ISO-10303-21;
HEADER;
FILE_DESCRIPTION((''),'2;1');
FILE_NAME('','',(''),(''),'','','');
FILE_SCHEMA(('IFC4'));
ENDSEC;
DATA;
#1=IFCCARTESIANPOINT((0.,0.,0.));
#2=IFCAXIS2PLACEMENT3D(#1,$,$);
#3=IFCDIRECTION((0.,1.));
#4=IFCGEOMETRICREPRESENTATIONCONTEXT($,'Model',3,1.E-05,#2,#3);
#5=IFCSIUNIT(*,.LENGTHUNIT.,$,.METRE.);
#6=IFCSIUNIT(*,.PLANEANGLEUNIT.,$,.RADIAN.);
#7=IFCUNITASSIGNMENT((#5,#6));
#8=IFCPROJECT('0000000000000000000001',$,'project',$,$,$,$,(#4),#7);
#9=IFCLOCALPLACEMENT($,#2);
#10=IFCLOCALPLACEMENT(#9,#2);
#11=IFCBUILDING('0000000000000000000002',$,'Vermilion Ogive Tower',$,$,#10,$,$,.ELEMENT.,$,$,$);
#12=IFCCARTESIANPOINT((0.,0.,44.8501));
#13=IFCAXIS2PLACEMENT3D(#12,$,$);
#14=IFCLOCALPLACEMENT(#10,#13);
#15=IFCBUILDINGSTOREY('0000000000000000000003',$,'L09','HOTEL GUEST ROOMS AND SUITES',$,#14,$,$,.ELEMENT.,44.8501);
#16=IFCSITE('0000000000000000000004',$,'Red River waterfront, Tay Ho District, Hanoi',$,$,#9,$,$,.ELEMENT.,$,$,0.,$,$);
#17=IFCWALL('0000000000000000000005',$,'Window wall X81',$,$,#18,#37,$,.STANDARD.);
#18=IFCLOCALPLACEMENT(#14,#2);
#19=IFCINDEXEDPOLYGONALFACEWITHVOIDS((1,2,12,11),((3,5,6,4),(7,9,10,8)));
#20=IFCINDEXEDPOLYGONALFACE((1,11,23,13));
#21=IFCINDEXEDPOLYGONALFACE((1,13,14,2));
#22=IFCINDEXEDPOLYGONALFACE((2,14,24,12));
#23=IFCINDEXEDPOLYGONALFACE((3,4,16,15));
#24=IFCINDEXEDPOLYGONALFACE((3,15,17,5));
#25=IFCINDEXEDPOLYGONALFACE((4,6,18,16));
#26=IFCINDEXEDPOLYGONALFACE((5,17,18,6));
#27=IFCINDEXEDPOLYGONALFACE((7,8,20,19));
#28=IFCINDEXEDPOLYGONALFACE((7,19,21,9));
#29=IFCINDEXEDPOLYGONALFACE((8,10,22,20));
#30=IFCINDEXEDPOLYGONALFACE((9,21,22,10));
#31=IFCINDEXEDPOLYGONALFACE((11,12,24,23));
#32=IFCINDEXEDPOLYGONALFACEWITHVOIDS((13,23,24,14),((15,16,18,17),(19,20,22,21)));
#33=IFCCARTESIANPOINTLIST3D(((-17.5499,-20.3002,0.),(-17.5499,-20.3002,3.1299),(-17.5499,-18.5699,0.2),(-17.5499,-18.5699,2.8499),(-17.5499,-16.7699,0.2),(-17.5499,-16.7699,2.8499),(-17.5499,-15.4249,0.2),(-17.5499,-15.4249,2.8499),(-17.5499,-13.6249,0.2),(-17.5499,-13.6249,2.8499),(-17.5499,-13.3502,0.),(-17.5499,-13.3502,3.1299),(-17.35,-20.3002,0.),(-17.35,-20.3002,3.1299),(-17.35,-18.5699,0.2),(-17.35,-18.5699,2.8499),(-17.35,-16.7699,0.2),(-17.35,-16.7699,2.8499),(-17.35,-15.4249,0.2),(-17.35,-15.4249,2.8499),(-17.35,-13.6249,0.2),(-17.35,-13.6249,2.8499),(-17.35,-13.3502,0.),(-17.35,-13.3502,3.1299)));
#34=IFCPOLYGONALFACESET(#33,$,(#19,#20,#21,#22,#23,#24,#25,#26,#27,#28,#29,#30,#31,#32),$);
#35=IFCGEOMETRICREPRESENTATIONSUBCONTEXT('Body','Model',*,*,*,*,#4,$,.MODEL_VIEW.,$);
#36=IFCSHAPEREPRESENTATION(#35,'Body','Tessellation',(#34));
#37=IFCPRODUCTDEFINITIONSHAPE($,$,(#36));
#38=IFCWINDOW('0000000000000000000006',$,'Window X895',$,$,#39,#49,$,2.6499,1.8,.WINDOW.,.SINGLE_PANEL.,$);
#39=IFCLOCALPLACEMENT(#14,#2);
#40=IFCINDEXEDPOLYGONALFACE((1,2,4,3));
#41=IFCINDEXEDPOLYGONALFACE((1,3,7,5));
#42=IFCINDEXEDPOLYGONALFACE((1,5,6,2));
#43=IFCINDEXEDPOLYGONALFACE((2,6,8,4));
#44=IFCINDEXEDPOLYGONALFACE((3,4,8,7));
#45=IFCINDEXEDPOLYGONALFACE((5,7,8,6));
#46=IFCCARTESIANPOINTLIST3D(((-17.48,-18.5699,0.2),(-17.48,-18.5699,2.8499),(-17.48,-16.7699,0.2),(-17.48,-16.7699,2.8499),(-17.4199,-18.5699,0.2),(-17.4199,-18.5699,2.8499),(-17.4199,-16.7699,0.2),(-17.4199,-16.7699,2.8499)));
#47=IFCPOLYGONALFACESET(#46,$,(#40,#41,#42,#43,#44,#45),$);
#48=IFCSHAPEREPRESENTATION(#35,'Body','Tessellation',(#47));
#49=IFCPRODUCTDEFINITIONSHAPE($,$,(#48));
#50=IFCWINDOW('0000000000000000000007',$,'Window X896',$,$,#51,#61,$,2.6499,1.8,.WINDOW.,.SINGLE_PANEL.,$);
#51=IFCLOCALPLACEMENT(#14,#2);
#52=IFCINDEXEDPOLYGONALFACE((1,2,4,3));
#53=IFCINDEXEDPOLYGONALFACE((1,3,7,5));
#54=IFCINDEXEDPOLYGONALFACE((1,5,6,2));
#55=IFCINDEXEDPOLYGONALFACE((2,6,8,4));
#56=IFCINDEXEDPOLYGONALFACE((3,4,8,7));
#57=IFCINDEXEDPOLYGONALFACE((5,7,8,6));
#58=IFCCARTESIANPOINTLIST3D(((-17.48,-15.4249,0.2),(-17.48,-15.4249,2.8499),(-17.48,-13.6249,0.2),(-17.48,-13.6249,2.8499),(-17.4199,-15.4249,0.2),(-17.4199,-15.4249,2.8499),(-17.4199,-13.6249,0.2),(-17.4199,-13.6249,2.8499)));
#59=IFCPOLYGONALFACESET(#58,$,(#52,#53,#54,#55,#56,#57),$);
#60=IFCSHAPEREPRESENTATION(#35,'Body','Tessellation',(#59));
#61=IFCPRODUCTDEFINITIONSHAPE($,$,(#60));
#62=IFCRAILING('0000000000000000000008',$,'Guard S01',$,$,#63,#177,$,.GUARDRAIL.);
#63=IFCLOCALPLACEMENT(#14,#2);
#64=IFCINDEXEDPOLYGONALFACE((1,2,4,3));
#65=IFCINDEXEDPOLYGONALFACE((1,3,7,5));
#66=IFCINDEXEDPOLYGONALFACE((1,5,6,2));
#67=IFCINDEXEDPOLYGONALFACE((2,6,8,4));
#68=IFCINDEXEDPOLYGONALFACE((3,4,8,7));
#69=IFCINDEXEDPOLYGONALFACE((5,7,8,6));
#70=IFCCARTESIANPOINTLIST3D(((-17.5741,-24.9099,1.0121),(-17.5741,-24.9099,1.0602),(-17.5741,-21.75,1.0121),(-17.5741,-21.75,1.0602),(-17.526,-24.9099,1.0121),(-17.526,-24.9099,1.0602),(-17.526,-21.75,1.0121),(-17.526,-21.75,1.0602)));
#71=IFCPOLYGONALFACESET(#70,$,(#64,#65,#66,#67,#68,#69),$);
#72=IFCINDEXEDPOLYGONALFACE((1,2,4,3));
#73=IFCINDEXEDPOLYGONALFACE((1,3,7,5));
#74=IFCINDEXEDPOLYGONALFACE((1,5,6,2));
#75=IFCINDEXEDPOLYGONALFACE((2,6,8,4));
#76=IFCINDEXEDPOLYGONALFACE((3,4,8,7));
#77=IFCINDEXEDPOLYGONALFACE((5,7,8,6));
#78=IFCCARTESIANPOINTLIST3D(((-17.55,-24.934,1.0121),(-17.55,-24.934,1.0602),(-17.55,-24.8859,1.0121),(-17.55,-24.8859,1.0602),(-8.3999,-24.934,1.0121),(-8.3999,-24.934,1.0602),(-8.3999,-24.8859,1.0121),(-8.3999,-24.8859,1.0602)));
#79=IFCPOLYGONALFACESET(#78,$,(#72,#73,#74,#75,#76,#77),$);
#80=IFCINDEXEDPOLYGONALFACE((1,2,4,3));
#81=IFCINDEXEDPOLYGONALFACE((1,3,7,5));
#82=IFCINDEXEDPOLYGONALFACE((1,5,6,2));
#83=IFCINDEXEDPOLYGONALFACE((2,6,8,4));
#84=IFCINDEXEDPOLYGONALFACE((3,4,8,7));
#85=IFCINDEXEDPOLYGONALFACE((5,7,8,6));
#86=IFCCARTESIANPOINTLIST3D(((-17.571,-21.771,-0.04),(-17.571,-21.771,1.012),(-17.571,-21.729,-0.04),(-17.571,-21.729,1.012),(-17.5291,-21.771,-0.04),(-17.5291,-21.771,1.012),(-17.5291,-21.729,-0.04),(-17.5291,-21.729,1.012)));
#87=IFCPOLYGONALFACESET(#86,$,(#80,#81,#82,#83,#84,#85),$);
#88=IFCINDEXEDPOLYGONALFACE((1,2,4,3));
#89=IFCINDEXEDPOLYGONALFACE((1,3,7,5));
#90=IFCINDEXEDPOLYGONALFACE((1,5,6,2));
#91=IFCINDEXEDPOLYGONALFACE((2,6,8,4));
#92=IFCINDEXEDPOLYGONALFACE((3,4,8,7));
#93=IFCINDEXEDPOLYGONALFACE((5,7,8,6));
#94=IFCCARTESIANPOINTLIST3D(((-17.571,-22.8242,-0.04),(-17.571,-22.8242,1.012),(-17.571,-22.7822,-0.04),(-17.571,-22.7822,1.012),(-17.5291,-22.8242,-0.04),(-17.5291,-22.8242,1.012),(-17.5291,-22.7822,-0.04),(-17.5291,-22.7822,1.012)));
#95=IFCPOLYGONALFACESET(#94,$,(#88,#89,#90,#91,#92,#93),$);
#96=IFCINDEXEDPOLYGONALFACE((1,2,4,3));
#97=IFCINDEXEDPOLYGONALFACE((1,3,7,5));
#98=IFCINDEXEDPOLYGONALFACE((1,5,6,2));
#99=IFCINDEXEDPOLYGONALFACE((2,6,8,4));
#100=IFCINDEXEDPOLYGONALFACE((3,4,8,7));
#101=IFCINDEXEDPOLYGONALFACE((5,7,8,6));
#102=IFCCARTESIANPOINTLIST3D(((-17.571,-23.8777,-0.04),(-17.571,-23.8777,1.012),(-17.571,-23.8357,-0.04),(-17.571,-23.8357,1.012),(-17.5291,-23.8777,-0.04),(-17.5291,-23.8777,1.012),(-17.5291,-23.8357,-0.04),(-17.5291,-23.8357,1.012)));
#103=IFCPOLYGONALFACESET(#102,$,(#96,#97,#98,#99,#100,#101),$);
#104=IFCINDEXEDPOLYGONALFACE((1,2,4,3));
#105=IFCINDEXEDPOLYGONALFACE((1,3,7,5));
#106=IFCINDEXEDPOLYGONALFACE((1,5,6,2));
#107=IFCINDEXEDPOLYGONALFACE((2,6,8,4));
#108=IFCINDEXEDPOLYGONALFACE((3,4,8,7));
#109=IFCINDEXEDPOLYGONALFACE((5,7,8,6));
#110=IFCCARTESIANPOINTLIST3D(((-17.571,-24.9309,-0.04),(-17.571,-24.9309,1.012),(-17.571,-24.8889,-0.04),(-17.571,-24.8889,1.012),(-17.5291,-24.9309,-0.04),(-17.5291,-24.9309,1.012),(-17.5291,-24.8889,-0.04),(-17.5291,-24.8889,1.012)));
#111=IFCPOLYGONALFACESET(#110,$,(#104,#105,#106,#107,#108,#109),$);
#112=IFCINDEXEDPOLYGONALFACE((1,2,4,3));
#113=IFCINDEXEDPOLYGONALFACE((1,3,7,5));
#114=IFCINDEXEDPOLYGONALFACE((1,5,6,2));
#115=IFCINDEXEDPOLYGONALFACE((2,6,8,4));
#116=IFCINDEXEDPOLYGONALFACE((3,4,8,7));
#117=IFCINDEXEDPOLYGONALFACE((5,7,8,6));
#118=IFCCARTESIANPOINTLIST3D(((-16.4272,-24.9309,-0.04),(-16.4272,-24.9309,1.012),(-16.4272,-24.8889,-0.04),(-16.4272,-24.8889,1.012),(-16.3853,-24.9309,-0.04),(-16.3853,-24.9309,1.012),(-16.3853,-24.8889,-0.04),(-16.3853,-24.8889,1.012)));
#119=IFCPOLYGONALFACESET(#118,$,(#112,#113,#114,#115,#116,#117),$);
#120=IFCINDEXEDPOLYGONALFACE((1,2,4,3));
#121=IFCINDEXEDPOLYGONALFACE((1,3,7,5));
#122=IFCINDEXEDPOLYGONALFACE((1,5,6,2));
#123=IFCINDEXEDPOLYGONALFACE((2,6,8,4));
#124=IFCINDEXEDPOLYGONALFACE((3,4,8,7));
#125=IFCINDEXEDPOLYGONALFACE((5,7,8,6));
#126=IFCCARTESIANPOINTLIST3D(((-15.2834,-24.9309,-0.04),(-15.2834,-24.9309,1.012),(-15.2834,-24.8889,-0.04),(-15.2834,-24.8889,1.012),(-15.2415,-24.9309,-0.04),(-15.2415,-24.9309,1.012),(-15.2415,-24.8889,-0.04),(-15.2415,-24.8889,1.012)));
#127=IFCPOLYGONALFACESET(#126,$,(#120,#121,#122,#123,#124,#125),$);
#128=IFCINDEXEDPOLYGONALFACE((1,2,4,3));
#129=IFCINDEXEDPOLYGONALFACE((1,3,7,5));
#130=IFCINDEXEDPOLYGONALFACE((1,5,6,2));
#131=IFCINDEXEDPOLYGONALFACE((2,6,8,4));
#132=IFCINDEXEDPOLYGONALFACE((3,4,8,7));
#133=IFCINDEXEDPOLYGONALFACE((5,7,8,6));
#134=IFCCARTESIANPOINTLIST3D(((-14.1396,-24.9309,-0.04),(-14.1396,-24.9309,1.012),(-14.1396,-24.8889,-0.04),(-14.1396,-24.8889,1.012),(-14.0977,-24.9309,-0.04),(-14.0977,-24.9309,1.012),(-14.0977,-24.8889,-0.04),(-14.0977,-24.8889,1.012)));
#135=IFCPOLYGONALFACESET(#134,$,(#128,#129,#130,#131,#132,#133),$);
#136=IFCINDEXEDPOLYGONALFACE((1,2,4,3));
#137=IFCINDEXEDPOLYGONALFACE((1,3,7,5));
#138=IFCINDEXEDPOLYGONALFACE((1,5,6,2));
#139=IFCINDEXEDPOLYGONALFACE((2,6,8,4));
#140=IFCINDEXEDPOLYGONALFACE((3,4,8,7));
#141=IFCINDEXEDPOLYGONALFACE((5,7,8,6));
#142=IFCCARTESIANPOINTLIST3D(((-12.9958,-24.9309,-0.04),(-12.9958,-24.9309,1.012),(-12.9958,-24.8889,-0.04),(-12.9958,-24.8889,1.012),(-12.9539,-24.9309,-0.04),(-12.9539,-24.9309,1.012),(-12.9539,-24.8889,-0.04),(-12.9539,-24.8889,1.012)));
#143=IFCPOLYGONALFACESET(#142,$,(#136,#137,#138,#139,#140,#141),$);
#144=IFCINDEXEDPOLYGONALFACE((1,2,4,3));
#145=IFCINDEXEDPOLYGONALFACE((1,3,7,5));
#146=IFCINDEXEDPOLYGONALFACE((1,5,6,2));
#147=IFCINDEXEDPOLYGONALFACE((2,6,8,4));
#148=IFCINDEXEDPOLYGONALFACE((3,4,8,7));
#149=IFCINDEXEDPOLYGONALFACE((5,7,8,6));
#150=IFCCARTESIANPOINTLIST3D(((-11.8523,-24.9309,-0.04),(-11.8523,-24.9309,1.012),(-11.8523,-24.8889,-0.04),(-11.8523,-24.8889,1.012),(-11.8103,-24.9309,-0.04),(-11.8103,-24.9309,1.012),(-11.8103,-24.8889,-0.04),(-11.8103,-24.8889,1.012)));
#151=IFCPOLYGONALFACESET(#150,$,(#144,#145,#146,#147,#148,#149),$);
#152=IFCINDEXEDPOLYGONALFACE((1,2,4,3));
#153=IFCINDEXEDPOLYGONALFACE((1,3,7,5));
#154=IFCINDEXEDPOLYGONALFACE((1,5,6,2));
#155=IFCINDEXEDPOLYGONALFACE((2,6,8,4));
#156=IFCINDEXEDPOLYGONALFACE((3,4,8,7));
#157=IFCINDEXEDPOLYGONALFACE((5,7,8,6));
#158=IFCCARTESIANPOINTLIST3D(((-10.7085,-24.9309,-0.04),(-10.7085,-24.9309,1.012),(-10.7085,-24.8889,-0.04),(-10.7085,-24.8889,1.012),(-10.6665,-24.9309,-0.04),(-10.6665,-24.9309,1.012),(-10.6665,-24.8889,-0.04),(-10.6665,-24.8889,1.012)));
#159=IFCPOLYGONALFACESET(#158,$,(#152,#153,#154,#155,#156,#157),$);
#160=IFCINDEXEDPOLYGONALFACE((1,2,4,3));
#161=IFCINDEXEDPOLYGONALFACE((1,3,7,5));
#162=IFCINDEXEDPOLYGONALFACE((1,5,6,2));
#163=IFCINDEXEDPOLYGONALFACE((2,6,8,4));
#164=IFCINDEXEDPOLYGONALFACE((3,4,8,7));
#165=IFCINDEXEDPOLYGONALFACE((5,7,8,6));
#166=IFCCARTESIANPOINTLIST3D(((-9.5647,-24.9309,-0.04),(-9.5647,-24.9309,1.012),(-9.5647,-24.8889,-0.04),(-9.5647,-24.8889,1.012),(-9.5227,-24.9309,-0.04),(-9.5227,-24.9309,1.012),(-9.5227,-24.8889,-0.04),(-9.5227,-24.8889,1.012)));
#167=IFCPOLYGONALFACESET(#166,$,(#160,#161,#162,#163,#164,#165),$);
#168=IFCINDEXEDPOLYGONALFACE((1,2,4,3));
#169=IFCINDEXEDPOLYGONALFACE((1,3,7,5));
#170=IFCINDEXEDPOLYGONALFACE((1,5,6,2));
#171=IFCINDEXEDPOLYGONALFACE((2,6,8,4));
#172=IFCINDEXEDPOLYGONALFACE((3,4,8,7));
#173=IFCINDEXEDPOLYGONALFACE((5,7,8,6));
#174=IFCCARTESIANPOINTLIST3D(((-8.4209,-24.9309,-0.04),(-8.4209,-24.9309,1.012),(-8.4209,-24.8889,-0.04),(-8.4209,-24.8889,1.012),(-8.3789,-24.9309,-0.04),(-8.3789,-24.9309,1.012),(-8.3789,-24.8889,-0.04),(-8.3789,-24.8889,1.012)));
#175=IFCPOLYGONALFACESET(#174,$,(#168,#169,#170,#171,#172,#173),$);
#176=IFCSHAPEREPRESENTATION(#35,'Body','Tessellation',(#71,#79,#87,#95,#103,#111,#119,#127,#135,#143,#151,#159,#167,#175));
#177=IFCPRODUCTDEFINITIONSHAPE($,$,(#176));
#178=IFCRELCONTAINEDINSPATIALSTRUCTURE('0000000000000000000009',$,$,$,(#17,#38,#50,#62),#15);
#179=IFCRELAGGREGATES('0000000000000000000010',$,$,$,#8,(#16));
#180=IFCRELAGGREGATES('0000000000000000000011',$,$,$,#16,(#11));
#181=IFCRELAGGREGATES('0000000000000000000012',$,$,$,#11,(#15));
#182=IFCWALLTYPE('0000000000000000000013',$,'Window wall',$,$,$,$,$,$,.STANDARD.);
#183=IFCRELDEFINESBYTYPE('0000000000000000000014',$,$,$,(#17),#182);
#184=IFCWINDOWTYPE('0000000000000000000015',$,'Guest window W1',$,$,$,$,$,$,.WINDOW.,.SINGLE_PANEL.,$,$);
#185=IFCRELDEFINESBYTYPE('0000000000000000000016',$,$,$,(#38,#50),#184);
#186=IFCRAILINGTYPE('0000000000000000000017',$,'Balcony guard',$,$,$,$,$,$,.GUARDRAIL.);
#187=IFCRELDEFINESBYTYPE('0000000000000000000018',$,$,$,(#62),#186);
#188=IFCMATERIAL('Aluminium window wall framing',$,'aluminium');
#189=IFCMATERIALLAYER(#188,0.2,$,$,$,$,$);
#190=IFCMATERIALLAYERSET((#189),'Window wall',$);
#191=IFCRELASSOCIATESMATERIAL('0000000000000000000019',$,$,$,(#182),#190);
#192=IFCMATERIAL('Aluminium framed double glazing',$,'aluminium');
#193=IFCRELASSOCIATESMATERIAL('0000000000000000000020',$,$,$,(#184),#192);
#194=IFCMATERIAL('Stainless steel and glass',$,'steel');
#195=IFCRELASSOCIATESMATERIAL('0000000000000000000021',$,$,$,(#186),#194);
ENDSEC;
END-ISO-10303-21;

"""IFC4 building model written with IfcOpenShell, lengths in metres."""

from ifc_helpers import new_model, si_unit, direction, frame, frame_2d, origin, origin_2d, place, context, subcontext, project, spatial, rectangle, extrude, material, layer, layer_set, type_object, element, fill, save


model = new_model("IFC4")

# Units and contexts
model_context = context("Model", 3, precision=1e-05, world=origin(), true_north=direction((0.0, 1.0)))
body_context = subcontext(model_context, "Body", "Model", "MODEL_VIEW")
ifc_project = project(units=[si_unit("LENGTHUNIT", "METRE"), si_unit("PLANEANGLEUNIT", "RADIAN")], contexts=[model_context])

# Site, building, storey
site_placement = place(None, origin())
site = spatial("IfcSite", under=ifc_project, at=site_placement, Name="Red River waterfront, Tay Ho District, Hanoi", CompositionType="ELEMENT", RefElevation=0.0)
building_placement = place(site_placement, origin())
building = spatial("IfcBuilding", under=site, at=building_placement, Name="Vermilion Ogive Tower", CompositionType="ELEMENT")
storey_placement = place(building_placement, frame((0.0, 0.0, 44.8501)))
storey = spatial("IfcBuildingStorey", under=building, at=storey_placement, Name="L09", Description="HOTEL GUEST ROOMS AND SUITES", CompositionType="ELEMENT", Elevation=44.8501)

# Shared definitions
ifc_material_1 = material(Name="Aluminium window wall framing", Category="aluminium")
ifc_layer_1 = layer(ifc_material_1, 0.2)
ifc_layer_set_1 = layer_set([ifc_layer_1], Name="Window wall")
wall_type_1 = type_object("IfcWallType", Name="Window wall", PredefinedType="STANDARD", material=ifc_layer_set_1)
ifc_material_2 = material(Name="Aluminium framed double glazing", Category="aluminium")
window_type = type_object("IfcWindowType", Name="Guest window W1", PartitioningType="SINGLE_PANEL", PredefinedType="WINDOW", material=ifc_material_2)

# Wall, openings, windows
wall_1_placement = place(storey_placement, frame((-17.45, -13.3501, 0.0), z_axis=(0.0, 0.0, 1.0), x_axis=(0.0, -1.0, 0.0)))
wall_1 = element("IfcWall", 1, at=wall_1_placement, inside=storey, type_object=wall_type_1, Name="Window wall X81", PredefinedType="STANDARD", context=body_context, shape_type="SweptSolid", body=[
    extrude(rectangle(XDim=6.95, YDim=0.2, at=frame_2d((3.4751, 0.0))), origin(), (0.0, 0.0, 1.0), 3.1299),
])
opening_1_placement = place(wall_1_placement, frame((3.4199, 0.0, 0.2)))
opening_1 = element("IfcOpeningElement", 2, at=opening_1_placement, cuts=wall_1, PredefinedType="OPENING", context=body_context, shape_type="SweptSolid", body=[
    extrude(rectangle(XDim=1.8, YDim=2.6499, at=frame_2d((0.8999, 1.325))), frame((0.0, 0.1099, 0.0), z_axis=(0.0, -1.0, 0.0), x_axis=(1.0, 0.0, 0.0)), (0.0, 0.0, 1.0), 0.22),
])
opening_2_placement = place(wall_1_placement, frame((0.2749, 0.0, 0.2)))
opening_2 = element("IfcOpeningElement", 3, at=opening_2_placement, cuts=wall_1, PredefinedType="OPENING", context=body_context, shape_type="SweptSolid", body=[
    extrude(rectangle(XDim=1.8, YDim=2.6499, at=frame_2d((0.8999, 1.325))), frame((0.0, 0.1099, 0.0), z_axis=(0.0, -1.0, 0.0), x_axis=(1.0, 0.0, 0.0)), (0.0, 0.0, 1.0), 0.22),
])
window_1_placement = place(opening_1_placement, origin())
window_1 = element("IfcWindow", 4, at=window_1_placement, inside=storey, type_object=window_type, Name="Window X895", OverallHeight=2.6499, OverallWidth=1.8, PartitioningType="SINGLE_PANEL", PredefinedType="WINDOW", context=body_context, shape_type="SweptSolid", body=[
    extrude(rectangle(XDim=1.8, YDim=2.6499, at=frame_2d((0.8999, 1.325))), frame((0.0, 0.03, 0.0), z_axis=(0.0, -1.0, 0.0), x_axis=(1.0, 0.0, 0.0)), (0.0, 0.0, 1.0), 0.0601),
])
fill(opening_1, window_1)
window_2_placement = place(opening_2_placement, origin())
window_2 = element("IfcWindow", 5, at=window_2_placement, inside=storey, type_object=window_type, Name="Window X896", OverallHeight=2.6499, OverallWidth=1.8, PartitioningType="SINGLE_PANEL", PredefinedType="WINDOW", context=body_context, shape_type="SweptSolid", body=[
    extrude(rectangle(XDim=1.8, YDim=2.6499, at=frame_2d((0.8999, 1.325))), frame((0.0, 0.03, 0.0), z_axis=(0.0, -1.0, 0.0), x_axis=(1.0, 0.0, 0.0)), (0.0, 0.0, 1.0), 0.0601),
])
fill(opening_2, window_2)

# Railing
ifc_material_3 = material(Name="Stainless steel and glass", Category="steel")
railing_type = type_object("IfcRailingType", Name="Balcony guard", PredefinedType="GUARDRAIL", material=ifc_material_3)
railing_placement = place(storey_placement, frame((-17.55, -21.75, -0.04)))
element("IfcRailing", 6, at=railing_placement, inside=storey, type_object=railing_type, Name="Guard S01", PredefinedType="GUARDRAIL", context=body_context, shape_type="SweptSolid", body=[
    extrude(rectangle(XDim=0.0481, YDim=0.0481, at=origin_2d()), frame((0.0, 0.0, 1.0762), z_axis=(0.0, -1.0, 0.0), x_axis=(1.0, 0.0, 0.0)), (0.0, 0.0, 1.0), 3.1599),
    extrude(rectangle(XDim=0.0481, YDim=0.0481, at=origin_2d()), frame((0.0, -3.1599, 1.0762), z_axis=(1.0, 0.0, 0.0), x_axis=(0.0, 1.0, 0.0)), (0.0, 0.0, 1.0), 9.1501),
    extrude(rectangle(XDim=0.042, YDim=0.042, at=origin_2d()), origin(), (0.0, 0.0, 1.0), 1.052),
    extrude(rectangle(XDim=0.042, YDim=0.042, at=origin_2d()), frame((0.0, -1.0532, 0.0)), (0.0, 0.0, 1.0), 1.052),
    extrude(rectangle(XDim=0.042, YDim=0.042, at=origin_2d()), frame((0.0, -2.1067, 0.0)), (0.0, 0.0, 1.0), 1.052),
    extrude(rectangle(XDim=0.042, YDim=0.042, at=origin_2d()), frame((0.0, -3.1599, 0.0)), (0.0, 0.0, 1.0), 1.052),
    extrude(rectangle(XDim=0.042, YDim=0.042, at=origin_2d()), frame((1.1438, -3.1599, 0.0)), (0.0, 0.0, 1.0), 1.052),
    extrude(rectangle(XDim=0.042, YDim=0.042, at=origin_2d()), frame((2.2876, -3.1599, 0.0)), (0.0, 0.0, 1.0), 1.052),
    extrude(rectangle(XDim=0.042, YDim=0.042, at=origin_2d()), frame((3.4314, -3.1599, 0.0)), (0.0, 0.0, 1.0), 1.052),
    extrude(rectangle(XDim=0.042, YDim=0.042, at=origin_2d()), frame((4.5752, -3.1599, 0.0)), (0.0, 0.0, 1.0), 1.052),
    extrude(rectangle(XDim=0.042, YDim=0.042, at=origin_2d()), frame((5.7188, -3.1599, 0.0)), (0.0, 0.0, 1.0), 1.052),
    extrude(rectangle(XDim=0.042, YDim=0.042, at=origin_2d()), frame((6.8625, -3.1599, 0.0)), (0.0, 0.0, 1.0), 1.052),
    extrude(rectangle(XDim=0.042, YDim=0.042, at=origin_2d()), frame((8.0063, -3.1599, 0.0)), (0.0, 0.0, 1.0), 1.052),
    extrude(rectangle(XDim=0.042, YDim=0.042, at=origin_2d()), frame((9.1501, -3.1599, 0.0)), (0.0, 0.0, 1.0), 1.052),
])

save(model, "model.ifc")
